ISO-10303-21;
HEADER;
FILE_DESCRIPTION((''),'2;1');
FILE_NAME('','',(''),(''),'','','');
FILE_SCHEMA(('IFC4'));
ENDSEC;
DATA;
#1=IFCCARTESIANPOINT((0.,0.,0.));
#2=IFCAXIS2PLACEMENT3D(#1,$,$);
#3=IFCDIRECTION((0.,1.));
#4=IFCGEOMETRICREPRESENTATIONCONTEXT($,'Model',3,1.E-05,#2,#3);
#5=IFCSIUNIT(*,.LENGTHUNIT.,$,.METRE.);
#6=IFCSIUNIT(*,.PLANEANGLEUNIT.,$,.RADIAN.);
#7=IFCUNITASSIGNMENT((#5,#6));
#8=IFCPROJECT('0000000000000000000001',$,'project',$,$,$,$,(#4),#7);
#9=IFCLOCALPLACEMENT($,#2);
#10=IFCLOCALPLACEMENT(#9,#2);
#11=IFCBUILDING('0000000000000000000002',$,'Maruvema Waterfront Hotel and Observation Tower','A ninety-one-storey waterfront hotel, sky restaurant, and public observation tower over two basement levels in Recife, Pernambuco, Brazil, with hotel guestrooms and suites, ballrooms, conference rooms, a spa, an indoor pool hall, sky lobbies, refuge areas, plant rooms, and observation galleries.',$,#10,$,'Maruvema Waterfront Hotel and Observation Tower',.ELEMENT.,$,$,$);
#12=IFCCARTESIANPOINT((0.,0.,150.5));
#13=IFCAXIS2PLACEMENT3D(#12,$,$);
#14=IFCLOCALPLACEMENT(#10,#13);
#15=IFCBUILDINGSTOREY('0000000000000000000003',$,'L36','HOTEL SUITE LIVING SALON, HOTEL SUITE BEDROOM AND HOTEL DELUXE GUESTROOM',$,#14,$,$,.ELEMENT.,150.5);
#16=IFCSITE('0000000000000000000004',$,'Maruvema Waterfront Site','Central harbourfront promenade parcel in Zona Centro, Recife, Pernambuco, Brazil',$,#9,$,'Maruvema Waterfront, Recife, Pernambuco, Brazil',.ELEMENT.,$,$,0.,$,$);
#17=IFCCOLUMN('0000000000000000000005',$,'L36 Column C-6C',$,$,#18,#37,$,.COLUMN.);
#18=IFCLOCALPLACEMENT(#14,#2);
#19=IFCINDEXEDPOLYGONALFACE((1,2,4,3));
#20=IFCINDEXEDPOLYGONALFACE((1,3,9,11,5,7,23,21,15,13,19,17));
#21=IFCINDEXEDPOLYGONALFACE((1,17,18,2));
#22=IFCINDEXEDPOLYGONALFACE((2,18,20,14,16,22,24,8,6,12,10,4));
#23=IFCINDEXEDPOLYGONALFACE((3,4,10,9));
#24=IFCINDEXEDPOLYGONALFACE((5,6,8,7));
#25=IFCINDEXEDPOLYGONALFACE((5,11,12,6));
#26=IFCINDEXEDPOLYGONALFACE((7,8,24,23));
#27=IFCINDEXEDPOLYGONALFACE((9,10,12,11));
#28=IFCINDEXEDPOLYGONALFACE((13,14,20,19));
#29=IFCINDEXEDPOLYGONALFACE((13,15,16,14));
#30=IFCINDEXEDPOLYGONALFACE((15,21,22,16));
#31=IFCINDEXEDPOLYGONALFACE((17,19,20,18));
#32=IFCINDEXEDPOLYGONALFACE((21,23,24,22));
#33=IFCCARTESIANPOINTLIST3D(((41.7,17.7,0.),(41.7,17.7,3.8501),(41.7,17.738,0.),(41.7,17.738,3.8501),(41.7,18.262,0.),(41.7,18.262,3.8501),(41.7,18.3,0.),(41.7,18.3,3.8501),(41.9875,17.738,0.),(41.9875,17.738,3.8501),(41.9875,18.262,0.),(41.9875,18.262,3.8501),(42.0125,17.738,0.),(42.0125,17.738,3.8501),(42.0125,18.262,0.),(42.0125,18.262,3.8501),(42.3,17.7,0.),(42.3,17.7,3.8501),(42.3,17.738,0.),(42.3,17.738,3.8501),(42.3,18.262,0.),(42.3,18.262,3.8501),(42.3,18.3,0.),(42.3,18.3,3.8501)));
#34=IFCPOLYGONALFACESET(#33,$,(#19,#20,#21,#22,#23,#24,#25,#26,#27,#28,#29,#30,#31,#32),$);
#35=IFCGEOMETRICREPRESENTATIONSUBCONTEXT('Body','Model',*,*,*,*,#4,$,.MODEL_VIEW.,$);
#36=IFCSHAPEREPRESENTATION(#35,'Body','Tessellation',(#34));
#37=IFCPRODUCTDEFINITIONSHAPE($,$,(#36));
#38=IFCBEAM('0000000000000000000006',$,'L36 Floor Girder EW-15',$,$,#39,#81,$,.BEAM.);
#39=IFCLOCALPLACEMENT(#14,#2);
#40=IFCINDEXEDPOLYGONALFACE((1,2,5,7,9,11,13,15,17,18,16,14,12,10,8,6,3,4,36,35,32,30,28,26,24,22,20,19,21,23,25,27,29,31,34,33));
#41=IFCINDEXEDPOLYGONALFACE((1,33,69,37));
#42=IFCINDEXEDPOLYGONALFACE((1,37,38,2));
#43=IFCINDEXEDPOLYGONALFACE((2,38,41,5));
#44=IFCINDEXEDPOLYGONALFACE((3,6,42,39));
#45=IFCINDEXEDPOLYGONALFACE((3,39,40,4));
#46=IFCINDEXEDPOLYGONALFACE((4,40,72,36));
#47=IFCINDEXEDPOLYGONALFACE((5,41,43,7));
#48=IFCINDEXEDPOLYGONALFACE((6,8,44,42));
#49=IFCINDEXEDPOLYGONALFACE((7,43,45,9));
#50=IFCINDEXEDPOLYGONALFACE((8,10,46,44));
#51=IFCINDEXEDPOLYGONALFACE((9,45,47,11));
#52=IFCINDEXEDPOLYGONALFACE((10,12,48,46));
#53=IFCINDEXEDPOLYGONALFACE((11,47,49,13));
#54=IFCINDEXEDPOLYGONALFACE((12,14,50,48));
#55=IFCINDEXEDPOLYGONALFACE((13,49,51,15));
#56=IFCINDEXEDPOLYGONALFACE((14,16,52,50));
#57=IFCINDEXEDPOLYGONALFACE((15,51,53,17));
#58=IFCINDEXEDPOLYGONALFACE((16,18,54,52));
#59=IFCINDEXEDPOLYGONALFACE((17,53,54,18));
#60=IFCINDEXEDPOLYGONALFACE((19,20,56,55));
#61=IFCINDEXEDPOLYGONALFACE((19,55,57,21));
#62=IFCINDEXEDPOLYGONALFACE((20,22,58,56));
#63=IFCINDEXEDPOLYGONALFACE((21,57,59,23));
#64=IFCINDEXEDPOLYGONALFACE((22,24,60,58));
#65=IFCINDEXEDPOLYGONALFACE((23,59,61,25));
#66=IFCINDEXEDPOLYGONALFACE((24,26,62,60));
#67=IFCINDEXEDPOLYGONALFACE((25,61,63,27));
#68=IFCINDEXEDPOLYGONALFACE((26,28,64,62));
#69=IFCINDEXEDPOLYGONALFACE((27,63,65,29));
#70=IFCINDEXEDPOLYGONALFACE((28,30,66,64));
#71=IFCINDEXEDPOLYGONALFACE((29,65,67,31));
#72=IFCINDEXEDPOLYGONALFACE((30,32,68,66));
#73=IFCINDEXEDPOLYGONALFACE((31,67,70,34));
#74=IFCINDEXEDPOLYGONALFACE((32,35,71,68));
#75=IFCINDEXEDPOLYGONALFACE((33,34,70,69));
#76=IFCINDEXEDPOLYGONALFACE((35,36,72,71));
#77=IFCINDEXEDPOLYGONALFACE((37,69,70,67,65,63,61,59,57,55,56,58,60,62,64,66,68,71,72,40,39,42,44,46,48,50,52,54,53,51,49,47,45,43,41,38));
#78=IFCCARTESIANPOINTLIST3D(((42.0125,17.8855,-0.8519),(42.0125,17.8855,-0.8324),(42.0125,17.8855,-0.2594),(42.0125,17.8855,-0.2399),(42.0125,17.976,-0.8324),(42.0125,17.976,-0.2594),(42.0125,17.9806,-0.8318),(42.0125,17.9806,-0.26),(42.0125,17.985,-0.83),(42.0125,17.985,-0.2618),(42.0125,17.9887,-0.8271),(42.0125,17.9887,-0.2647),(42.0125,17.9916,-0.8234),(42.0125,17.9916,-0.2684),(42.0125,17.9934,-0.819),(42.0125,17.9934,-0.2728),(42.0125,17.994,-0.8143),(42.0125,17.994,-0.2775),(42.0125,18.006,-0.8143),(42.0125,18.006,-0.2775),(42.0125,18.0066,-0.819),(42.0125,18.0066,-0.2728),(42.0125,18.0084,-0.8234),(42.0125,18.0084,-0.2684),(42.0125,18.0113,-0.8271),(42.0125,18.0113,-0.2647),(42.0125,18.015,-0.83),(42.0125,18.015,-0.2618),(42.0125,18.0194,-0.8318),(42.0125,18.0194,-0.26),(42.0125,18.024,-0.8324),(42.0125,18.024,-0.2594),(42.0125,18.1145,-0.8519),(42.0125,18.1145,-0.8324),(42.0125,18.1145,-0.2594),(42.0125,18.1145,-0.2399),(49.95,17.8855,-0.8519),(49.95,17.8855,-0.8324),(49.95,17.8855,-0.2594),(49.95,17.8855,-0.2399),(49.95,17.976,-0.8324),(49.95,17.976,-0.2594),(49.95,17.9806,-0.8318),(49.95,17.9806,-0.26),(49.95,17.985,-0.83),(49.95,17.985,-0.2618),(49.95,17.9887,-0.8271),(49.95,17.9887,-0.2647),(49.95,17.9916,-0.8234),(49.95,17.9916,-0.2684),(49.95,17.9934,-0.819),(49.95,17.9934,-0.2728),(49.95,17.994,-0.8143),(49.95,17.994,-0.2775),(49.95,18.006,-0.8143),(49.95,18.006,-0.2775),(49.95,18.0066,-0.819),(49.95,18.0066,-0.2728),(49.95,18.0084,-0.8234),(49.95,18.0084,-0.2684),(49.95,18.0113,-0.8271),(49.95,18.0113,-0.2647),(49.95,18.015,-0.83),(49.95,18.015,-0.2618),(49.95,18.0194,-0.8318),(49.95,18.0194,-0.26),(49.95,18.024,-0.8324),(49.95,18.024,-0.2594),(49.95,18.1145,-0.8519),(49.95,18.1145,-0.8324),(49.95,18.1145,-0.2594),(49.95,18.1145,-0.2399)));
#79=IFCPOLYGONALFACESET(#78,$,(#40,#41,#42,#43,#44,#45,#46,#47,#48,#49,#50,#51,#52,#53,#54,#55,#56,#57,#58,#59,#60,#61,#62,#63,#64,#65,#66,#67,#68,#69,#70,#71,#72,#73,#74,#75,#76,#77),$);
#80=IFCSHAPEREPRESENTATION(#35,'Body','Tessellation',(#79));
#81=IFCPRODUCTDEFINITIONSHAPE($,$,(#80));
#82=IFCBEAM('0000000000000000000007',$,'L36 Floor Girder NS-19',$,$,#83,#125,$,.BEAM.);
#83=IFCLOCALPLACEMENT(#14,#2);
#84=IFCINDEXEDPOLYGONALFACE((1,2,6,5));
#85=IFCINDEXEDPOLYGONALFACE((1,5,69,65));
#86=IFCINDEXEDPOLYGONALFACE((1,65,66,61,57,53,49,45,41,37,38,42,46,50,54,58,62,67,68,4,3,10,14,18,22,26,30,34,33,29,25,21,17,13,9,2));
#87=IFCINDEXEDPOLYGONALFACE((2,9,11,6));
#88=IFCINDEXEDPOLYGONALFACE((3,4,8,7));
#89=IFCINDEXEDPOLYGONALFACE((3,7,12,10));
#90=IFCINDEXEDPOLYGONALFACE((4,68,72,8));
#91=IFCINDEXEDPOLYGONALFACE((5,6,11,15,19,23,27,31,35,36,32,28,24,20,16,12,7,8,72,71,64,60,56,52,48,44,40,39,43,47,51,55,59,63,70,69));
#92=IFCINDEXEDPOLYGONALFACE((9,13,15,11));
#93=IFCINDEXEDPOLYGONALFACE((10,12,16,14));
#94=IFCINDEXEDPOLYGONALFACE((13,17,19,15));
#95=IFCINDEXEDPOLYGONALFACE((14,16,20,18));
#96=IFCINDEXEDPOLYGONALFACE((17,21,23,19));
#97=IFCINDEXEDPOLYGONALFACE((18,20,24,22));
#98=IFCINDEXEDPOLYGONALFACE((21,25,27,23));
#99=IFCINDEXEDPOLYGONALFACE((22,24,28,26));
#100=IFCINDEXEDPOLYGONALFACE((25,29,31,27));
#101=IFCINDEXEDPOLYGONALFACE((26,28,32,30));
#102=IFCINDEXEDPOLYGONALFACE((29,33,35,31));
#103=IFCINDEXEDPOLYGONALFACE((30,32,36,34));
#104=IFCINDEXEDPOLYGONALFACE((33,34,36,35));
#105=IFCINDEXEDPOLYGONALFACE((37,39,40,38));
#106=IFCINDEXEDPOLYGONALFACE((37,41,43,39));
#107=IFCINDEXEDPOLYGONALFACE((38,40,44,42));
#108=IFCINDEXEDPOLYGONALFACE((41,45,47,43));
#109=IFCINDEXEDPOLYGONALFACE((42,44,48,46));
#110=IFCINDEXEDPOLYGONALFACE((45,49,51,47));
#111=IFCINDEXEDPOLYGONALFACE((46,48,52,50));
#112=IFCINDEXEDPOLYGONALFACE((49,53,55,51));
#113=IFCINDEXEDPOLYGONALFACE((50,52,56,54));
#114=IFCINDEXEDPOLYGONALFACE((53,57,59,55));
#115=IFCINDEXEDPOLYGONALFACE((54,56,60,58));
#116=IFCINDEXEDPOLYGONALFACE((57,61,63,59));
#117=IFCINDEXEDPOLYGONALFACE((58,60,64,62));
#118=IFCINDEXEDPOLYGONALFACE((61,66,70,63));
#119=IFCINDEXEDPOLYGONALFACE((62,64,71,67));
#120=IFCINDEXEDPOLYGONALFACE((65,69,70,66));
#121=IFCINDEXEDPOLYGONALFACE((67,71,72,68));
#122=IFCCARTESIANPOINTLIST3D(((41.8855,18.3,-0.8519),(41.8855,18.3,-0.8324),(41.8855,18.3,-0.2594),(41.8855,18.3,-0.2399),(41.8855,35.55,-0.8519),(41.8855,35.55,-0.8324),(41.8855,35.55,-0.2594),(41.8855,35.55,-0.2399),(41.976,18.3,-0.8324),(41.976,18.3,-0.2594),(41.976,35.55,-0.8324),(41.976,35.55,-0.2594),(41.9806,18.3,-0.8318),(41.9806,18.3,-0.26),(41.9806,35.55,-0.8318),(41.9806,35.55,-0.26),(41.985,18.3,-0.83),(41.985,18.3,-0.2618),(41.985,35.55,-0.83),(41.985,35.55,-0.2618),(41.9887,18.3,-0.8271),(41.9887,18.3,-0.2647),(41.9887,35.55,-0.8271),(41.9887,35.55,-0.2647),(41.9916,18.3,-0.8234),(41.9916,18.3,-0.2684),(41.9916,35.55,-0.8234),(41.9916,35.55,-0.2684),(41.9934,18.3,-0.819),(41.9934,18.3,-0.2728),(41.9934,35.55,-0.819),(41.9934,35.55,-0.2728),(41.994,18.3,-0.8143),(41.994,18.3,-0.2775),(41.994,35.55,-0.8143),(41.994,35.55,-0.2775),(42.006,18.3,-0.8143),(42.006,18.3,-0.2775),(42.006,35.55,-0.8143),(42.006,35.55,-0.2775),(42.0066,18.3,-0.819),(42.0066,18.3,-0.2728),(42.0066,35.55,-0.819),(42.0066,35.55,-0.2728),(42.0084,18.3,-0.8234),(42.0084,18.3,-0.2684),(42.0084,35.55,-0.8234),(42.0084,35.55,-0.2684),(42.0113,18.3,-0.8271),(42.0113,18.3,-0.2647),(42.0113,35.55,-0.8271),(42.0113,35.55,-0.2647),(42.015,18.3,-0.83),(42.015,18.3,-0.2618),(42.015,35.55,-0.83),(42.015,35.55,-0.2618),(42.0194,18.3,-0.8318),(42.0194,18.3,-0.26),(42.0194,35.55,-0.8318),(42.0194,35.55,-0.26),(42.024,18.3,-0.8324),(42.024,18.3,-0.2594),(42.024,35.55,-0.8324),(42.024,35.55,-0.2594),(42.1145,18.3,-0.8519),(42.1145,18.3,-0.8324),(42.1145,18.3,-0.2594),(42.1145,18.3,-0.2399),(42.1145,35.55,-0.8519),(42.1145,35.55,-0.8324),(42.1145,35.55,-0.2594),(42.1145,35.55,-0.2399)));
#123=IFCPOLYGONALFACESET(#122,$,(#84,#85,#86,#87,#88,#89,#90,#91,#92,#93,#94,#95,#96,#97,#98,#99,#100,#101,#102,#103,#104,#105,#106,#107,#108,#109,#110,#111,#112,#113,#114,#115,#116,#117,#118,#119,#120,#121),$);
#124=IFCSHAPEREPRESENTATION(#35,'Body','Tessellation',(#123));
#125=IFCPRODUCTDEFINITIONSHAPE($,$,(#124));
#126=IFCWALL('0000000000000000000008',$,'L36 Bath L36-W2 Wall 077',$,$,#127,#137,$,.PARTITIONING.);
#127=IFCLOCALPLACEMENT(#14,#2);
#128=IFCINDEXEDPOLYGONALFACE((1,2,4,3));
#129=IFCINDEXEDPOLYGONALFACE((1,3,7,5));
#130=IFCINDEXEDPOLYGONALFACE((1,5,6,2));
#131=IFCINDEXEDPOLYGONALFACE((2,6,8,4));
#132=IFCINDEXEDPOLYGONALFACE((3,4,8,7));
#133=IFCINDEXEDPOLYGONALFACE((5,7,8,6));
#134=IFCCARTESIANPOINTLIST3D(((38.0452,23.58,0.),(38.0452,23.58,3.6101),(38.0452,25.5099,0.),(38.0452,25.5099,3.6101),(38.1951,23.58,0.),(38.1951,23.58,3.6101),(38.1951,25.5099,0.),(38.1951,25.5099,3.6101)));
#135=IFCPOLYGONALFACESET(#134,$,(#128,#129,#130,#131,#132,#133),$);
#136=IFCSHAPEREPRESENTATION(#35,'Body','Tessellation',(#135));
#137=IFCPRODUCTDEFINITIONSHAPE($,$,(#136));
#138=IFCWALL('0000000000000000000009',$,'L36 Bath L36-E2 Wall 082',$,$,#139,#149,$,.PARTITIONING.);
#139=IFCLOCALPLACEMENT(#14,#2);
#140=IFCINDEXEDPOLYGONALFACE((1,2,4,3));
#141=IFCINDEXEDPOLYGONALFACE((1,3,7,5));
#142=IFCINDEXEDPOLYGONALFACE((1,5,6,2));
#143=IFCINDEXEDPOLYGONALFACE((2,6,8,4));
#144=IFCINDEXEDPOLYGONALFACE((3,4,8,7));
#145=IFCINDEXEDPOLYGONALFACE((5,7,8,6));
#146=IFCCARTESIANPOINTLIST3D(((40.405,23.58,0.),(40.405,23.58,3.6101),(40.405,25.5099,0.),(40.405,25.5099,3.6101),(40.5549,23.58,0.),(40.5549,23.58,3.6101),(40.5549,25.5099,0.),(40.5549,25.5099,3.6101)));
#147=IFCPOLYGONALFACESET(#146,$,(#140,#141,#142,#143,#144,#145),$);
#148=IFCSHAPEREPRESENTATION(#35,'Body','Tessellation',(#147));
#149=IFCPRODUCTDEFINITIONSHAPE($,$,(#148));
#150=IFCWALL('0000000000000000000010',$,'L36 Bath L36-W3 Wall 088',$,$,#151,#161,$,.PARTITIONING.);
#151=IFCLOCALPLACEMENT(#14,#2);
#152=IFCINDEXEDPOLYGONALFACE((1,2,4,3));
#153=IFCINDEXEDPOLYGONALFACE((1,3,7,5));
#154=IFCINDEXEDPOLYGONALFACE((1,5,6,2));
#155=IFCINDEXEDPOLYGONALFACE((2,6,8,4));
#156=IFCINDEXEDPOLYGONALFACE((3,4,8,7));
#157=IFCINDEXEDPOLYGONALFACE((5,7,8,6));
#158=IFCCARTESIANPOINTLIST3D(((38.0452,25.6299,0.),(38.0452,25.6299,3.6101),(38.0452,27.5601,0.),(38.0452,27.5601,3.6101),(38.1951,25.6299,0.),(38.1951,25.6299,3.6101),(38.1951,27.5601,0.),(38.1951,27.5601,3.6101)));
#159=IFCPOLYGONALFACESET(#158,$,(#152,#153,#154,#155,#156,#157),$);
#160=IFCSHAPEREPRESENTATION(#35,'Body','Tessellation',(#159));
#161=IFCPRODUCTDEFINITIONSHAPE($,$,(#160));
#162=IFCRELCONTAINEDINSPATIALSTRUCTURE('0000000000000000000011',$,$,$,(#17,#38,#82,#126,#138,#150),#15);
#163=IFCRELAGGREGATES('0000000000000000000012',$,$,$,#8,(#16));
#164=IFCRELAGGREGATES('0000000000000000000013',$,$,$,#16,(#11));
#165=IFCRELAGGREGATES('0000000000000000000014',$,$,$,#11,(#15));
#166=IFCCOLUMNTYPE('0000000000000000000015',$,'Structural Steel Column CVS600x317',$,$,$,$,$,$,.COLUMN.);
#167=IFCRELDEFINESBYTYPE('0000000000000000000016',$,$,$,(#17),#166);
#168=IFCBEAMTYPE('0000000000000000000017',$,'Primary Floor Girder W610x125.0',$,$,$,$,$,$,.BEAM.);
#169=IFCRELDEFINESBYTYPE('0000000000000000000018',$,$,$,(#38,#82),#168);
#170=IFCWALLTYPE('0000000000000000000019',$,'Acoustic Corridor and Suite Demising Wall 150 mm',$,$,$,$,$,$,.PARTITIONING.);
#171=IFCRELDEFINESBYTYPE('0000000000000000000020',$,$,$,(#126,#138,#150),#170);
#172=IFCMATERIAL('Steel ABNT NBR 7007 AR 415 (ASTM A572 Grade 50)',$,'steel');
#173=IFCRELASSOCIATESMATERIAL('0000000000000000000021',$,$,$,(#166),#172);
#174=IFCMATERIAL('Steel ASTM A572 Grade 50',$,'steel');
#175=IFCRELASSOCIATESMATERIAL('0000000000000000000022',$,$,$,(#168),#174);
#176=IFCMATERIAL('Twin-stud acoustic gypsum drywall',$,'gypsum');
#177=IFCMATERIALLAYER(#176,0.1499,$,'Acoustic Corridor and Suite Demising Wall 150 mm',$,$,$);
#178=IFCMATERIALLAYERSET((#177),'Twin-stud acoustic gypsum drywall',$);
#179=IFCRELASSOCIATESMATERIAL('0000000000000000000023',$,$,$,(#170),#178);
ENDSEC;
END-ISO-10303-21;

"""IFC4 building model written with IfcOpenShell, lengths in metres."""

from ifc_helpers import new_model, si_unit, direction, frame, frame_2d, origin, origin_2d, place, context, subcontext, project, spatial, rectangle, i_section, extrude, material, layer, layer_set, material_profile, profile_set, type_object, element, save


model = new_model("IFC4")

# Units and contexts
model_context = context("Model", 3, precision=1e-05, world=origin(), true_north=direction((0.0, 1.0)))
body_context = subcontext(model_context, "Body", "Model", "MODEL_VIEW")
ifc_project = project(units=[si_unit("LENGTHUNIT", "METRE"), si_unit("PLANEANGLEUNIT", "RADIAN")], contexts=[model_context])

# Site, building, storey
site_placement = place(None, origin())
site = spatial("IfcSite", under=ifc_project, at=site_placement, Name="Maruvema Waterfront Site", Description="Central harbourfront promenade parcel in Zona Centro, Recife, Pernambuco, Brazil", LongName="Maruvema Waterfront, Recife, Pernambuco, Brazil", CompositionType="ELEMENT", RefElevation=0.0)
building_placement = place(site_placement, origin())
building = spatial("IfcBuilding", under=site, at=building_placement, Name="Maruvema Waterfront Hotel and Observation Tower", Description="A ninety-one-storey waterfront hotel, sky restaurant, and public observation tower over two basement levels in Recife, Pernambuco, Brazil, with hotel guestrooms and suites, ballrooms, conference rooms, a spa, an indoor pool hall, sky lobbies, refuge areas, plant rooms, and observation galleries.", LongName="Maruvema Waterfront Hotel and Observation Tower", CompositionType="ELEMENT")
storey_placement = place(building_placement, frame((0.0, 0.0, 150.5)))
storey = spatial("IfcBuildingStorey", under=building, at=storey_placement, Name="L36", Description="HOTEL SUITE LIVING SALON, HOTEL SUITE BEDROOM AND HOTEL DELUXE GUESTROOM", CompositionType="ELEMENT", Elevation=150.5)

# Column
ifc_material_1 = material(Name="Steel ABNT NBR 7007 AR 415 (ASTM A572 Grade 50)", Category="steel")
ifc_material_profile_1 = material_profile(ifc_material_1, i_section(OverallWidth=0.6001, OverallDepth=0.6001, WebThickness=0.0249, FlangeThickness=0.0381, at=origin_2d()), Name="CVS600x317")
ifc_profile_set_1 = profile_set([ifc_material_profile_1], Name="Steel ABNT NBR 7007 AR 415 (ASTM A572 Grade 50)")
column_type = type_object("IfcColumnType", Name="Structural Steel Column CVS600x317", PredefinedType="COLUMN", material=ifc_profile_set_1)
column_placement = place(storey_placement, frame((42.0, 18.0, 0.0), z_axis=(0.0, 0.0, 1.0), x_axis=(1.0, 0.0, 0.0)))
element("IfcColumn", 1, at=column_placement, inside=storey, type_object=column_type, Name="L36 Column C-6C", PredefinedType="COLUMN", context=body_context, shape_type="SweptSolid", body=[
    extrude(i_section(OverallWidth=0.6001, OverallDepth=0.6001, WebThickness=0.0249, FlangeThickness=0.0381, at=origin_2d()), origin(), (0.0, 0.0, 1.0), 3.8501),
])

# Beams
ifc_material_2 = material(Name="Steel ASTM A572 Grade 50", Category="steel")
ifc_material_profile_2 = material_profile(ifc_material_2, i_section(OverallWidth=0.229, OverallDepth=0.6121, WebThickness=0.012, FlangeThickness=0.0195, FilletRadius=0.0181, at=origin_2d()), Name="W610x125.0")
ifc_profile_set_2 = profile_set([ifc_material_profile_2], Name="Steel ASTM A572 Grade 50")
beam_type = type_object("IfcBeamType", Name="Primary Floor Girder W610x125.0", PredefinedType="BEAM", material=ifc_profile_set_2)
beam_1_placement = place(storey_placement, frame((42.0125, 18.0, -0.5459), z_axis=(1.0, 0.0, 0.0), x_axis=(0.0, 1.0, 0.0)))
element("IfcBeam", 2, at=beam_1_placement, inside=storey, type_object=beam_type, Name="L36 Floor Girder EW-15", PredefinedType="BEAM", context=body_context, shape_type="SweptSolid", body=[
    extrude(i_section(OverallWidth=0.229, OverallDepth=0.6121, WebThickness=0.012, FlangeThickness=0.0195, FilletRadius=0.0181, at=origin_2d()), origin(), (0.0, 0.0, 1.0), 7.9375),
])
beam_2_placement = place(storey_placement, frame((42.0, 18.3, -0.5459), z_axis=(0.0, 1.0, 0.0), x_axis=(-1.0, 0.0, 0.0)))
element("IfcBeam", 3, at=beam_2_placement, inside=storey, type_object=beam_type, Name="L36 Floor Girder NS-19", PredefinedType="BEAM", context=body_context, shape_type="SweptSolid", body=[
    extrude(i_section(OverallWidth=0.229, OverallDepth=0.6121, WebThickness=0.012, FlangeThickness=0.0195, FilletRadius=0.0181, at=origin_2d()), origin(), (0.0, 0.0, 1.0), 17.25),
])

# Shared definitions
ifc_material_3 = material(Name="Twin-stud acoustic gypsum drywall", Category="gypsum")
ifc_layer_1 = layer(ifc_material_3, 0.1499, Name="Acoustic Corridor and Suite Demising Wall 150 mm")
ifc_layer_set_1 = layer_set([ifc_layer_1], Name="Twin-stud acoustic gypsum drywall")
wall_type_1 = type_object("IfcWallType", Name="Acoustic Corridor and Suite Demising Wall 150 mm", PredefinedType="PARTITIONING", material=ifc_layer_set_1)

# Wall
wall_1_placement = place(storey_placement, frame((38.1201, 23.5801, 0.0), z_axis=(0.0, 0.0, 1.0), x_axis=(0.0, 1.0, 0.0)))
element("IfcWall", 4, at=wall_1_placement, inside=storey, type_object=wall_type_1, Name="L36 Bath L36-W2 Wall 077", PredefinedType="PARTITIONING", context=body_context, shape_type="SweptSolid", body=[
    extrude(rectangle(XDim=1.9299, YDim=0.1499, at=frame_2d((0.9648, 0.0))), origin(), (0.0, 0.0, 1.0), 3.6101),
])

# Walls
wall_2_placement = place(storey_placement, frame((40.48, 23.5801, 0.0), z_axis=(0.0, 0.0, 1.0), x_axis=(0.0, 1.0, 0.0)))
element("IfcWall", 5, at=wall_2_placement, inside=storey, type_object=wall_type_1, Name="L36 Bath L36-E2 Wall 082", PredefinedType="PARTITIONING", context=body_context, shape_type="SweptSolid", body=[
    extrude(rectangle(XDim=1.9299, YDim=0.1499, at=frame_2d((0.9648, 0.0))), origin(), (0.0, 0.0, 1.0), 3.6101),
])
wall_3_placement = place(storey_placement, frame((38.1201, 25.6299, 0.0), z_axis=(0.0, 0.0, 1.0), x_axis=(0.0, 1.0, 0.0)))
element("IfcWall", 6, at=wall_3_placement, inside=storey, type_object=wall_type_1, Name="L36 Bath L36-W3 Wall 088", PredefinedType="PARTITIONING", context=body_context, shape_type="SweptSolid", body=[
    extrude(rectangle(XDim=1.9302, YDim=0.1499, at=frame_2d((0.9651, 0.0))), origin(), (0.0, 0.0, 1.0), 3.6101),
])

save(model, "model.ifc")
